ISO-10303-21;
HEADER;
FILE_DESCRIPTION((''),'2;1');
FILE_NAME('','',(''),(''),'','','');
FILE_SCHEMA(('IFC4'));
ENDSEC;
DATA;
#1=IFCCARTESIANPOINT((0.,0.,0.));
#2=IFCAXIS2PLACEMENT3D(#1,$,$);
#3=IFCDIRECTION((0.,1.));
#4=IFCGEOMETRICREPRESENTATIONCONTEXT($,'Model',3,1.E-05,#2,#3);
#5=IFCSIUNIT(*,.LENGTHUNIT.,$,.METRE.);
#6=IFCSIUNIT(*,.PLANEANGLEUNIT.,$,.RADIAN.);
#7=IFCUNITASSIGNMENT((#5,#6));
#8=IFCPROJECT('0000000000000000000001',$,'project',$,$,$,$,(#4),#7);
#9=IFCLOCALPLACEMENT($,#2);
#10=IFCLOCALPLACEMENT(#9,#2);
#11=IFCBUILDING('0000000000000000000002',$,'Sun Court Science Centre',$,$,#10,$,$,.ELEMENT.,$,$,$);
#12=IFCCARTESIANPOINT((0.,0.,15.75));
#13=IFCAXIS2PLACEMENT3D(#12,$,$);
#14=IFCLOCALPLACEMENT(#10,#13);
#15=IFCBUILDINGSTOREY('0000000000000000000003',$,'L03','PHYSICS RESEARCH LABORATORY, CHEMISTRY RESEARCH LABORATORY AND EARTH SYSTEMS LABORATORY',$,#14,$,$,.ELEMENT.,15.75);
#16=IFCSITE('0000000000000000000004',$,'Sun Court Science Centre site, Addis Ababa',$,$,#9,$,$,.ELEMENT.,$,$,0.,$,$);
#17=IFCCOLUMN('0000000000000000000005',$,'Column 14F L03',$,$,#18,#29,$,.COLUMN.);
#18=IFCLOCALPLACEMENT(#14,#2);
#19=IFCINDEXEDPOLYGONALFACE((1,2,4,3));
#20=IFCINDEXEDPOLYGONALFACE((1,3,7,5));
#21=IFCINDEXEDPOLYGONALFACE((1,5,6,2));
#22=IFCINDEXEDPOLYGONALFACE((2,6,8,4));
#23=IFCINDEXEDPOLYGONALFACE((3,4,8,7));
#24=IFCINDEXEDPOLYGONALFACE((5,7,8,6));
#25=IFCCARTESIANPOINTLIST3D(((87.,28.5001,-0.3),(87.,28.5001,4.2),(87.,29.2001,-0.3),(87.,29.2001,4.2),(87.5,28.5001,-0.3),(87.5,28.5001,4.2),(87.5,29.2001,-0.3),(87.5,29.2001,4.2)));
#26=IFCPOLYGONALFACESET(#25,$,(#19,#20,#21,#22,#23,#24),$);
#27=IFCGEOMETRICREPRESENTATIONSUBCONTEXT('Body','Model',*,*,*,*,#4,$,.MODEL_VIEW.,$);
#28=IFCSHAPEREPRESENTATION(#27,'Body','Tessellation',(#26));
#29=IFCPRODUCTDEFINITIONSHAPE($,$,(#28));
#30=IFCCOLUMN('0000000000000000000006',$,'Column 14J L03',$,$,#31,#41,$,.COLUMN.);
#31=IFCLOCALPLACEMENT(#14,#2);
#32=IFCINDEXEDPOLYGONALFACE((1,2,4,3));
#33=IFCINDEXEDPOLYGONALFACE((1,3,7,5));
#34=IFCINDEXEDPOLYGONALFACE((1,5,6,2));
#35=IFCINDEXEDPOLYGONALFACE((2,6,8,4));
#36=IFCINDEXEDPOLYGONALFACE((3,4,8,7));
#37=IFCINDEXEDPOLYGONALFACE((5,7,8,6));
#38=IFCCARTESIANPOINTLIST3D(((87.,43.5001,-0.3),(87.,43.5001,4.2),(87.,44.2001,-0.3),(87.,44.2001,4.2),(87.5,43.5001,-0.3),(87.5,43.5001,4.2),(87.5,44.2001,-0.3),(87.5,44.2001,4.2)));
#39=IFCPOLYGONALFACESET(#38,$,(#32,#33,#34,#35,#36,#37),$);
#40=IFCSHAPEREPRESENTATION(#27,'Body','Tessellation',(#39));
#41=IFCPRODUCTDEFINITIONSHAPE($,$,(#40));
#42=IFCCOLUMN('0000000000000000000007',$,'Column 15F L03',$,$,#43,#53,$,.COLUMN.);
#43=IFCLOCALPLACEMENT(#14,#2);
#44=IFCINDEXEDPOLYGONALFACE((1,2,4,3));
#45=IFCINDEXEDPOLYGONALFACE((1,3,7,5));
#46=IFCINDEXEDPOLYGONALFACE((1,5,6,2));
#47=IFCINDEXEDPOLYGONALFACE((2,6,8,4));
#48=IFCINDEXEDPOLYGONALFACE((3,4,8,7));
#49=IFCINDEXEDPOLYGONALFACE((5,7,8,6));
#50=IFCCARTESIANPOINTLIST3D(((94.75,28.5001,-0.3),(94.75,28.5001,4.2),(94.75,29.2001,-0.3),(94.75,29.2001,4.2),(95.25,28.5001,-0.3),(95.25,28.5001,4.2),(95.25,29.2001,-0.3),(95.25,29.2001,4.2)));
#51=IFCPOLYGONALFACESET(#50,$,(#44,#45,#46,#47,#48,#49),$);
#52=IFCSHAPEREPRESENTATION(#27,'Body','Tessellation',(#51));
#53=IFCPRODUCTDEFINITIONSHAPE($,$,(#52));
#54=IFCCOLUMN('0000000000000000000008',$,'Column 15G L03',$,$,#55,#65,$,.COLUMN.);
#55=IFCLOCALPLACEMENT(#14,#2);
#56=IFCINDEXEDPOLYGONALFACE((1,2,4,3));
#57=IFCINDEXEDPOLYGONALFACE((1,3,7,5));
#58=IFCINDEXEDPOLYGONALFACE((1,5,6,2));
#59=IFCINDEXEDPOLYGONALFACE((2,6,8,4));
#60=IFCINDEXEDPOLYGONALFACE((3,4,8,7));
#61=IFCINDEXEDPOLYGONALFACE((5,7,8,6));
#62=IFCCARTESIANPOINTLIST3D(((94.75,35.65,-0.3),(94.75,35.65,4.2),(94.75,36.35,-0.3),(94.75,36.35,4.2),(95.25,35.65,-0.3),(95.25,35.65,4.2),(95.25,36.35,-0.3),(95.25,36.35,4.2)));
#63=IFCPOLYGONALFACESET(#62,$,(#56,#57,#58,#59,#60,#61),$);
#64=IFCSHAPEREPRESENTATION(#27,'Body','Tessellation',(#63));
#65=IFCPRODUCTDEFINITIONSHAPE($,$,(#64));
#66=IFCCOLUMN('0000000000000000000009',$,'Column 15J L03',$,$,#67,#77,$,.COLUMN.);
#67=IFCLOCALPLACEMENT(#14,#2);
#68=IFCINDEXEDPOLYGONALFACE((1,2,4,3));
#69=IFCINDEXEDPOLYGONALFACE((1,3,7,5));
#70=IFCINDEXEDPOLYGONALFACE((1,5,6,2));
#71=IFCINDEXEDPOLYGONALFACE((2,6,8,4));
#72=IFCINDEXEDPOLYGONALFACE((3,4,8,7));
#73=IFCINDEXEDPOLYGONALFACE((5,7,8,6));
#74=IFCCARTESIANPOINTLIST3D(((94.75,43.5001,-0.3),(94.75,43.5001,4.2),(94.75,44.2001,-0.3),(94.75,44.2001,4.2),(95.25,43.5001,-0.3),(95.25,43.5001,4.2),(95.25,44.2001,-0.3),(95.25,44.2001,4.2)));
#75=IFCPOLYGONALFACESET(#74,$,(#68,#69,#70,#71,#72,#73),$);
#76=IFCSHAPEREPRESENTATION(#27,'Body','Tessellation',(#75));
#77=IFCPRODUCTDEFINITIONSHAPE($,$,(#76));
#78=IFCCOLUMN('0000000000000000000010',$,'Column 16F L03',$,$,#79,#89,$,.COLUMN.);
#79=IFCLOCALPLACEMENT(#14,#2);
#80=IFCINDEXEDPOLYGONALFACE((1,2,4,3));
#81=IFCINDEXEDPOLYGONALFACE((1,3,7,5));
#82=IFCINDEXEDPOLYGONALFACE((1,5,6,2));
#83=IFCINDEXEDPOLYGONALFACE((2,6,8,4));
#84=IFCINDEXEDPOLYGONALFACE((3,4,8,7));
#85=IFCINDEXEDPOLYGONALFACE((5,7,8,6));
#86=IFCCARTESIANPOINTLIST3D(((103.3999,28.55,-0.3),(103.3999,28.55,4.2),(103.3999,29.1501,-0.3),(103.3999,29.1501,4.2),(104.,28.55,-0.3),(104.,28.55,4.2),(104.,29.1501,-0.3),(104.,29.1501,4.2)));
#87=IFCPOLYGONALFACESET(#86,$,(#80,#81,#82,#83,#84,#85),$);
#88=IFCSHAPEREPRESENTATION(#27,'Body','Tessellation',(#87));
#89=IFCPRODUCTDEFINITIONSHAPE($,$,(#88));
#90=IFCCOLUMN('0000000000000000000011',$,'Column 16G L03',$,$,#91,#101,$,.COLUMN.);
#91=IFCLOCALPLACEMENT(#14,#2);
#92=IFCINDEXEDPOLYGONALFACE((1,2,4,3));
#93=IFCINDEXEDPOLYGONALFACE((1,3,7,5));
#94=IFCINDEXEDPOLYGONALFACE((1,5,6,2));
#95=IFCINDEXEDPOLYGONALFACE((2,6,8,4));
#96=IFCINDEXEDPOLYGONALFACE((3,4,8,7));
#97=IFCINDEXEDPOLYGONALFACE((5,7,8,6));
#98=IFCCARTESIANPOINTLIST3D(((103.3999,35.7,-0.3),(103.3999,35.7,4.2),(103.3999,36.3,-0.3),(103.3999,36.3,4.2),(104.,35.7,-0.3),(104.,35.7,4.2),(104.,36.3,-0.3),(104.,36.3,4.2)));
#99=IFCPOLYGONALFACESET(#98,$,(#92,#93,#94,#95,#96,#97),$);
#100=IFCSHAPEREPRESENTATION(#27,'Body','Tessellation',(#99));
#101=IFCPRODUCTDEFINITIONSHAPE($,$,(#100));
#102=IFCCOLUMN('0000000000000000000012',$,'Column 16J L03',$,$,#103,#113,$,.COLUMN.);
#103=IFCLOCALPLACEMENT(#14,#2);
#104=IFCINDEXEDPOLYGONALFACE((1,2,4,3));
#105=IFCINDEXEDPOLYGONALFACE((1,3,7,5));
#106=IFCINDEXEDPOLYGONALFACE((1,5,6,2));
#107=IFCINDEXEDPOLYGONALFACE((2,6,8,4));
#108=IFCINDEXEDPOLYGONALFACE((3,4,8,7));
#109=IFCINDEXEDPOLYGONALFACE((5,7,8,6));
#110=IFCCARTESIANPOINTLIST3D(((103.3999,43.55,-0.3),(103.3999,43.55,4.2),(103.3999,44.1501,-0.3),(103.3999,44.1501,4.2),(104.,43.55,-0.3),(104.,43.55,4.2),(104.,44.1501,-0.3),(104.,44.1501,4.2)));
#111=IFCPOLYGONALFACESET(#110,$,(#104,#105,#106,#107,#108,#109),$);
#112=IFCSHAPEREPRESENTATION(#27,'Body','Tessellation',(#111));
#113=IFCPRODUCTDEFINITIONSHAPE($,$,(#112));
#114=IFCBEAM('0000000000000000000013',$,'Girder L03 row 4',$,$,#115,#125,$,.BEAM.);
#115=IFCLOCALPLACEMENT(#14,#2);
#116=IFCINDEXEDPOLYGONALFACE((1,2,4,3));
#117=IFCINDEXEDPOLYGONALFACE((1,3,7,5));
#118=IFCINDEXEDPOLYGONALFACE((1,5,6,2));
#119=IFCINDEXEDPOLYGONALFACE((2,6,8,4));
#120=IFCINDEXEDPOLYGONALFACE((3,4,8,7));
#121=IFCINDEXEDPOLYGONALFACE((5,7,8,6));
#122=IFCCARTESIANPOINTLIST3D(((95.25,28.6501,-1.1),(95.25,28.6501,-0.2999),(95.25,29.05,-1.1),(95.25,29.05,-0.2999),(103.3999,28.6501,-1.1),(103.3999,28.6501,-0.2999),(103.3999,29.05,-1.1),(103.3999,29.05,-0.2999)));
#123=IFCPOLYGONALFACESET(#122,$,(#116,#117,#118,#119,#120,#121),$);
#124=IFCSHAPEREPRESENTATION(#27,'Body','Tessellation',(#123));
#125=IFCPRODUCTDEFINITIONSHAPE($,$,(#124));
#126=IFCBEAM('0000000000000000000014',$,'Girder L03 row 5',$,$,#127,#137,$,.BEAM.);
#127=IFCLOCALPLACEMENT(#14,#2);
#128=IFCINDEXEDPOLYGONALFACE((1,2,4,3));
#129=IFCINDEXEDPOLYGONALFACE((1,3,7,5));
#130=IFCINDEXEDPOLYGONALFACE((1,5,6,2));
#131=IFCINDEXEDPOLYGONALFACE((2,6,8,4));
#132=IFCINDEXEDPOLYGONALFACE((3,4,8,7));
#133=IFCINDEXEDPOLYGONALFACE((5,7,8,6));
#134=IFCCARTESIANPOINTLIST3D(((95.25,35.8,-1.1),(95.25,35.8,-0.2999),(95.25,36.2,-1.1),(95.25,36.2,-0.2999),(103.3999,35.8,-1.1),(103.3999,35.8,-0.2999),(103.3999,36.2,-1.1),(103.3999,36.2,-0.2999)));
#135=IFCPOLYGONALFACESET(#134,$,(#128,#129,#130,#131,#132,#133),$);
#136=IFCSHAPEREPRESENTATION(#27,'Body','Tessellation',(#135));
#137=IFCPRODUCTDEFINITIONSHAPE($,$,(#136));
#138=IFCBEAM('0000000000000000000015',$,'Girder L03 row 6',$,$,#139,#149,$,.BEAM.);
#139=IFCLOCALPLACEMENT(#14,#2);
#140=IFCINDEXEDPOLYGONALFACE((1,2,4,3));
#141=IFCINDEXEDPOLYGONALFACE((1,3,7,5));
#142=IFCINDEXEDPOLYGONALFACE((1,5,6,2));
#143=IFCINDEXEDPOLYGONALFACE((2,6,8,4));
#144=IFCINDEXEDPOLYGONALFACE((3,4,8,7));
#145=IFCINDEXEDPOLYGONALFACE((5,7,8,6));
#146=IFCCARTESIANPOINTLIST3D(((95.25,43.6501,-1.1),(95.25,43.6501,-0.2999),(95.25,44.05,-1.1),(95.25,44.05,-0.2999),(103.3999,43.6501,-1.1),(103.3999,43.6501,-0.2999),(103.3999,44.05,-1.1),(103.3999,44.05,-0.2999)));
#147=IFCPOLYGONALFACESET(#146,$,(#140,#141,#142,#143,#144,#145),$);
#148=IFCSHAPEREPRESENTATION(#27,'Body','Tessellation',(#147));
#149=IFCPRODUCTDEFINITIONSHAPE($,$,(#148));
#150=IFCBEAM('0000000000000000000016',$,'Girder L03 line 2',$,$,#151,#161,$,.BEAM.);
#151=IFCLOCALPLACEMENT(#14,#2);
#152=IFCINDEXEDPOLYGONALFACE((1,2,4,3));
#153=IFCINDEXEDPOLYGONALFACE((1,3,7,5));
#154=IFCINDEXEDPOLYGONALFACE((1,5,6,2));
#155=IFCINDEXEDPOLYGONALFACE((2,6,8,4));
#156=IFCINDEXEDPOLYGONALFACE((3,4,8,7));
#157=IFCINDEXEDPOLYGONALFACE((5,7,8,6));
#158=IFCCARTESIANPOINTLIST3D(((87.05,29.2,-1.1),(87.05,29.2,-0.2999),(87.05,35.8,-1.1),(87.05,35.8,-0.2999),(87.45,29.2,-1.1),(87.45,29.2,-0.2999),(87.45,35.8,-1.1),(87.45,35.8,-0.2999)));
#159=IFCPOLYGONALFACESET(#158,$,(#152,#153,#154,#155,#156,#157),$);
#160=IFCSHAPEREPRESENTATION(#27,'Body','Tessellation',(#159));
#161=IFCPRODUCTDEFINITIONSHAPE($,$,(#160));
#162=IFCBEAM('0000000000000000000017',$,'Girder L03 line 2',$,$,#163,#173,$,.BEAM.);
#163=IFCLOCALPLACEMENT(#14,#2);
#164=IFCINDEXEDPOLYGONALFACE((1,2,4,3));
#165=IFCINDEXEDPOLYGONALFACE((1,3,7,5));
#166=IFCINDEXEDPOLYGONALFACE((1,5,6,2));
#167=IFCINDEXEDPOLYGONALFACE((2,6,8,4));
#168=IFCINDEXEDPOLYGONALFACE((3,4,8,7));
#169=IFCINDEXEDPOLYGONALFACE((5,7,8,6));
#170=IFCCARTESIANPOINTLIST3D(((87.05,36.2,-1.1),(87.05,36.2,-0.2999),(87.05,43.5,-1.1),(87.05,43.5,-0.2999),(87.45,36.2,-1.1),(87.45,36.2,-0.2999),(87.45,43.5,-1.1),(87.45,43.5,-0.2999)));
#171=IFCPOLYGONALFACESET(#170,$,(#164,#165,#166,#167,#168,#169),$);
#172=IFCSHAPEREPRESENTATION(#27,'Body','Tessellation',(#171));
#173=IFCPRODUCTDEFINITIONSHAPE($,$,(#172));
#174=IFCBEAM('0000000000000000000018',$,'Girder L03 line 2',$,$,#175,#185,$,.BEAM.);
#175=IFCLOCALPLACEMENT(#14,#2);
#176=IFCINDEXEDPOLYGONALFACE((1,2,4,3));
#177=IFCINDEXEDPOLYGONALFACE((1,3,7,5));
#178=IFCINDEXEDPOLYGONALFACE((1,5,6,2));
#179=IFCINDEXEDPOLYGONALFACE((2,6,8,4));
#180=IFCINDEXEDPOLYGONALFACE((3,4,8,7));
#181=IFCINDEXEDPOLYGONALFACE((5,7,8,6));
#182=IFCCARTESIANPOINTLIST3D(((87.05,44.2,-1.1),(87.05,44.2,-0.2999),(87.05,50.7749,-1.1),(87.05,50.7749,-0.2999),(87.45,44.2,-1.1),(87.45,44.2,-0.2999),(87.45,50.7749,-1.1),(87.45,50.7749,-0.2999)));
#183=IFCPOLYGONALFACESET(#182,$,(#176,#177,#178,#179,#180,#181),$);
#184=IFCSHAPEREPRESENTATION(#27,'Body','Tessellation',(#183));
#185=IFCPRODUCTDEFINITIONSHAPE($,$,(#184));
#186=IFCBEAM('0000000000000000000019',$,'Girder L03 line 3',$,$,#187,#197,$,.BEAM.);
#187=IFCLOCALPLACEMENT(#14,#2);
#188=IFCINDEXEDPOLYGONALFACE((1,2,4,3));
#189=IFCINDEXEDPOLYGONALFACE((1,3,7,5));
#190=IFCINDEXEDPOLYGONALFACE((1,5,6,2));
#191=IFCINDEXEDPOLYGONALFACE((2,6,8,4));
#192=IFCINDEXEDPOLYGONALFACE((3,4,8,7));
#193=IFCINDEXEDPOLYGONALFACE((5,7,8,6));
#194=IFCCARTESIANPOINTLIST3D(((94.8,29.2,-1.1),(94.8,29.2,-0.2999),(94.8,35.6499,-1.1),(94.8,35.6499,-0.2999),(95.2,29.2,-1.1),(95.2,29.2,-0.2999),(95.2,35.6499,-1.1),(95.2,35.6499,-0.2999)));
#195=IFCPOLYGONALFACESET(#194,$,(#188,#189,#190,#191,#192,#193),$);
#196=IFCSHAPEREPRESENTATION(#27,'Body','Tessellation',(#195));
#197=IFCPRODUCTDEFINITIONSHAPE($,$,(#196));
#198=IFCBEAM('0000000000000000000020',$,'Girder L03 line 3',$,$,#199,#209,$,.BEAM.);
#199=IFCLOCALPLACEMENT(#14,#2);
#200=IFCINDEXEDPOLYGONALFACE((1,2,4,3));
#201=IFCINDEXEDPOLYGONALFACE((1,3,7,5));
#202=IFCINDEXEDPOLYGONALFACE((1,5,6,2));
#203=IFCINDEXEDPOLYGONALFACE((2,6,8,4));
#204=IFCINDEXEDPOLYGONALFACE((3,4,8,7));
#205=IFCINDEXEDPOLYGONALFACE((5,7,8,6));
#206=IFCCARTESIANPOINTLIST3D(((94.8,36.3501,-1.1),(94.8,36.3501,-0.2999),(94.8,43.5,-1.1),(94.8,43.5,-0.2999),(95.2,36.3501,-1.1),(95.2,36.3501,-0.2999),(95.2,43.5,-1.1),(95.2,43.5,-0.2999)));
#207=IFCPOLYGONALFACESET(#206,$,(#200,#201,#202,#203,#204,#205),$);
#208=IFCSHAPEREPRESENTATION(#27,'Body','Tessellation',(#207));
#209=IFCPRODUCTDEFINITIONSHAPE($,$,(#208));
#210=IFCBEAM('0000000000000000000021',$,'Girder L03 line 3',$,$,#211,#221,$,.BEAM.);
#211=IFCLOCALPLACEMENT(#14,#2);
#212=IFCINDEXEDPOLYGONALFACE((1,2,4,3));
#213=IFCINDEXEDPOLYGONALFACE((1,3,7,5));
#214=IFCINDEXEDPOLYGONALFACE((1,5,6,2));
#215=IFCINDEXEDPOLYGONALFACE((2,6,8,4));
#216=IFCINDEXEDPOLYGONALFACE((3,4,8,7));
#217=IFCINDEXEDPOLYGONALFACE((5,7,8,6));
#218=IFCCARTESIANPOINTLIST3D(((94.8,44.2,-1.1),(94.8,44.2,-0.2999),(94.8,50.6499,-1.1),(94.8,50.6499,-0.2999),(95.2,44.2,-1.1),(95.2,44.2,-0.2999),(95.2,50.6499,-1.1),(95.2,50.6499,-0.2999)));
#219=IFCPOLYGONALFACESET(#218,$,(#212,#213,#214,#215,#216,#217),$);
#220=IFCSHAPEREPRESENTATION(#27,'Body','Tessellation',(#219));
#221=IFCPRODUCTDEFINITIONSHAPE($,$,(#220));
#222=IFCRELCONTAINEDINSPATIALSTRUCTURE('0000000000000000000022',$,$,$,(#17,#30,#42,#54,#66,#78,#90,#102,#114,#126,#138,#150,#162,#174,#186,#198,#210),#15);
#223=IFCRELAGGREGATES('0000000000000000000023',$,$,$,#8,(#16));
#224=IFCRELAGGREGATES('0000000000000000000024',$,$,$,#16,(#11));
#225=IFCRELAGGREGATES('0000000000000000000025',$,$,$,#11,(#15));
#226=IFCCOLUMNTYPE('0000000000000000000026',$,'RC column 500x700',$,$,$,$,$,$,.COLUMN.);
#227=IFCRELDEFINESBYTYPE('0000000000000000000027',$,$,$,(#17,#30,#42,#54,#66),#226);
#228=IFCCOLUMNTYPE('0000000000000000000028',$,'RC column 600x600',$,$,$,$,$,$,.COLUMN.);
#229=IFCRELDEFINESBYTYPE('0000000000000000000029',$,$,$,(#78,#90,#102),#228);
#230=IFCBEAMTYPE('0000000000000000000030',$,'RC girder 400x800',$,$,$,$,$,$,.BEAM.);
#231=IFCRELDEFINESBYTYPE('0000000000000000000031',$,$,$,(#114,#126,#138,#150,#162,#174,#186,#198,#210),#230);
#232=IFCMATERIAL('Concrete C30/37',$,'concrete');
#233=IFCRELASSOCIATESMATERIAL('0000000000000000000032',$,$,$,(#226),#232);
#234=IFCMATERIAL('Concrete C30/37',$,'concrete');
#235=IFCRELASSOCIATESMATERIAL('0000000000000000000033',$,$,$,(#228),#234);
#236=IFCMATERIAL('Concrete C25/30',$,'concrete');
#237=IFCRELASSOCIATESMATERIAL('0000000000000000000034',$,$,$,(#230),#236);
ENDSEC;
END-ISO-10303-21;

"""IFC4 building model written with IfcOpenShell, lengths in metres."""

from ifc_helpers import new_model, si_unit, direction, frame, origin, origin_2d, place, context, subcontext, project, spatial, rectangle, extrude, material, material_profile, profile_set, type_object, element, save


model = new_model("IFC4")

# Units and contexts
model_context = context("Model", 3, precision=1e-05, world=origin(), true_north=direction((0.0, 1.0)))
body_context = subcontext(model_context, "Body", "Model", "MODEL_VIEW")
ifc_project = project(units=[si_unit("LENGTHUNIT", "METRE"), si_unit("PLANEANGLEUNIT", "RADIAN")], contexts=[model_context])

# Site, building, storey
site_placement = place(None, origin())
site = spatial("IfcSite", under=ifc_project, at=site_placement, Name="Sun Court Science Centre site, Addis Ababa", CompositionType="ELEMENT", RefElevation=0.0)
building_placement = place(site_placement, origin())
building = spatial("IfcBuilding", under=site, at=building_placement, Name="Sun Court Science Centre", CompositionType="ELEMENT")
storey_placement = place(building_placement, frame((0.0, 0.0, 15.75)))
storey = spatial("IfcBuildingStorey", under=building, at=storey_placement, Name="L03", Description="PHYSICS RESEARCH LABORATORY, CHEMISTRY RESEARCH LABORATORY AND EARTH SYSTEMS LABORATORY", CompositionType="ELEMENT", Elevation=15.75)

# Columns
ifc_material_1 = material(Name="Concrete C30/37", Category="concrete")
ifc_material_profile_1 = material_profile(ifc_material_1, rectangle(XDim=0.5, YDim=0.7, at=origin_2d()), Name="RC 500x700")
ifc_profile_set_1 = profile_set([ifc_material_profile_1], Name="Concrete C30/37")
column_type_1 = type_object("IfcColumnType", Name="RC column 500x700", PredefinedType="COLUMN", material=ifc_profile_set_1)
for number, where, z_axis, x_axis, name in (
    (1, (87.25, 28.8501, -0.3), (0.0, 0.0, 1.0), (1.0, 0.0, 0.0), "Column 14F L03"),
    (2, (87.25, 43.8501, -0.3), (0.0, 0.0, 1.0), (1.0, 0.0, 0.0), "Column 14J L03"),
    (3, (95.0, 28.8501, -0.3), (0.0, 0.0, 1.0), (1.0, 0.0, 0.0), "Column 15F L03"),
    (4, (95.0, 36.0, -0.3), (0.0, 0.0, 1.0), (1.0, 0.0, 0.0), "Column 15G L03"),
    (5, (95.0, 43.8501, -0.3), (0.0, 0.0, 1.0), (1.0, 0.0, 0.0), "Column 15J L03"),
):
    element("IfcColumn", number, at=place(storey_placement, frame(where, z_axis=z_axis, x_axis=x_axis)), inside=storey, type_object=column_type_1, Name=name, PredefinedType="COLUMN", context=body_context, shape_type="SweptSolid", body=[
        extrude(rectangle(XDim=0.5, YDim=0.7, at=origin_2d()), origin(), (0.0, 0.0, 1.0), 4.5),
    ])
ifc_material_2 = material(Name="Concrete C30/37", Category="concrete")
ifc_material_profile_2 = material_profile(ifc_material_2, rectangle(XDim=0.6001, YDim=0.6001, at=origin_2d()), Name="RC 600x600")
ifc_profile_set_2 = profile_set([ifc_material_profile_2], Name="Concrete C30/37")
column_type_2 = type_object("IfcColumnType", Name="RC column 600x600", PredefinedType="COLUMN", material=ifc_profile_set_2)
for number, where, z_axis, x_axis, name in (
    (6, (103.7, 28.8501, -0.3), (0.0, 0.0, 1.0), (1.0, 0.0, 0.0), "Column 16F L03"),
    (7, (103.7, 36.0, -0.3), (0.0, 0.0, 1.0), (1.0, 0.0, 0.0), "Column 16G L03"),
    (8, (103.7, 43.8501, -0.3), (0.0, 0.0, 1.0), (1.0, 0.0, 0.0), "Column 16J L03"),
):
    element("IfcColumn", number, at=place(storey_placement, frame(where, z_axis=z_axis, x_axis=x_axis)), inside=storey, type_object=column_type_2, Name=name, PredefinedType="COLUMN", context=body_context, shape_type="SweptSolid", body=[
        extrude(rectangle(XDim=0.6001, YDim=0.6001, at=origin_2d()), origin(), (0.0, 0.0, 1.0), 4.5),
    ])

# Beams
ifc_material_3 = material(Name="Concrete C25/30", Category="concrete")
ifc_material_profile_3 = material_profile(ifc_material_3, rectangle(XDim=0.3999, YDim=0.8, at=origin_2d()), Name="RC 400x800")
ifc_profile_set_3 = profile_set([ifc_material_profile_3], Name="Concrete C25/30")
beam_type_1 = type_object("IfcBeamType", Name="RC girder 400x800", PredefinedType="BEAM", material=ifc_profile_set_3)
for number, where, z_axis, x_axis, name in (
    (9, (95.25, 28.8501, -0.7), (1.0, 0.0, 0.0), (0.0, 1.0, 0.0), "Girder L03 row 4"),
    (10, (95.25, 36.0, -0.7), (1.0, 0.0, 0.0), (0.0, 1.0, 0.0), "Girder L03 row 5"),
    (11, (95.25, 43.8501, -0.7), (1.0, 0.0, 0.0), (0.0, 1.0, 0.0), "Girder L03 row 6"),
):
    element("IfcBeam", number, at=place(storey_placement, frame(where, z_axis=z_axis, x_axis=x_axis)), inside=storey, type_object=beam_type_1, Name=name, PredefinedType="BEAM", context=body_context, shape_type="SweptSolid", body=[
        extrude(rectangle(XDim=0.3999, YDim=0.8, at=origin_2d()), origin(), (0.0, 0.0, 1.0), 8.1499),
    ])
beam_1_placement = place(storey_placement, frame((87.25, 29.2, -0.7), z_axis=(0.0, 1.0, 0.0), x_axis=(-1.0, 0.0, 0.0)))
element("IfcBeam", 12, at=beam_1_placement, inside=storey, type_object=beam_type_1, Name="Girder L03 line 2", PredefinedType="BEAM", context=body_context, shape_type="SweptSolid", body=[
    extrude(rectangle(XDim=0.3999, YDim=0.8, at=origin_2d()), origin(), (0.0, 0.0, 1.0), 6.6001),
])
beam_2_placement = place(storey_placement, frame((87.25, 36.2, -0.7), z_axis=(0.0, 1.0, 0.0), x_axis=(-1.0, 0.0, 0.0)))
element("IfcBeam", 13, at=beam_2_placement, inside=storey, type_object=beam_type_1, Name="Girder L03 line 2", PredefinedType="BEAM", context=body_context, shape_type="SweptSolid", body=[
    extrude(rectangle(XDim=0.3999, YDim=0.8, at=origin_2d()), origin(), (0.0, 0.0, 1.0), 7.3),
])
beam_3_placement = place(storey_placement, frame((87.25, 44.2, -0.7), z_axis=(0.0, 1.0, 0.0), x_axis=(-1.0, 0.0, 0.0)))
element("IfcBeam", 14, at=beam_3_placement, inside=storey, type_object=beam_type_1, Name="Girder L03 line 2", PredefinedType="BEAM", context=body_context, shape_type="SweptSolid", body=[
    extrude(rectangle(XDim=0.3999, YDim=0.8, at=origin_2d()), origin(), (0.0, 0.0, 1.0), 6.575),
])
beam_4_placement = place(storey_placement, frame((95.0, 29.2, -0.7), z_axis=(0.0, 1.0, 0.0), x_axis=(-1.0, 0.0, 0.0)))
element("IfcBeam", 15, at=beam_4_placement, inside=storey, type_object=beam_type_1, Name="Girder L03 line 3", PredefinedType="BEAM", context=body_context, shape_type="SweptSolid", body=[
    extrude(rectangle(XDim=0.3999, YDim=0.8, at=origin_2d()), origin(), (0.0, 0.0, 1.0), 6.45),
])
beam_5_placement = place(storey_placement, frame((95.0, 36.3501, -0.7), z_axis=(0.0, 1.0, 0.0), x_axis=(-1.0, 0.0, 0.0)))
element("IfcBeam", 16, at=beam_5_placement, inside=storey, type_object=beam_type_1, Name="Girder L03 line 3", PredefinedType="BEAM", context=body_context, shape_type="SweptSolid", body=[
    extrude(rectangle(XDim=0.3999, YDim=0.8, at=origin_2d()), origin(), (0.0, 0.0, 1.0), 7.1499),
])
beam_6_placement = place(storey_placement, frame((95.0, 44.2, -0.7), z_axis=(0.0, 1.0, 0.0), x_axis=(-1.0, 0.0, 0.0)))
element("IfcBeam", 17, at=beam_6_placement, inside=storey, type_object=beam_type_1, Name="Girder L03 line 3", PredefinedType="BEAM", context=body_context, shape_type="SweptSolid", body=[
    extrude(rectangle(XDim=0.3999, YDim=0.8, at=origin_2d()), origin(), (0.0, 0.0, 1.0), 6.45),
])

save(model, "model.ifc")
